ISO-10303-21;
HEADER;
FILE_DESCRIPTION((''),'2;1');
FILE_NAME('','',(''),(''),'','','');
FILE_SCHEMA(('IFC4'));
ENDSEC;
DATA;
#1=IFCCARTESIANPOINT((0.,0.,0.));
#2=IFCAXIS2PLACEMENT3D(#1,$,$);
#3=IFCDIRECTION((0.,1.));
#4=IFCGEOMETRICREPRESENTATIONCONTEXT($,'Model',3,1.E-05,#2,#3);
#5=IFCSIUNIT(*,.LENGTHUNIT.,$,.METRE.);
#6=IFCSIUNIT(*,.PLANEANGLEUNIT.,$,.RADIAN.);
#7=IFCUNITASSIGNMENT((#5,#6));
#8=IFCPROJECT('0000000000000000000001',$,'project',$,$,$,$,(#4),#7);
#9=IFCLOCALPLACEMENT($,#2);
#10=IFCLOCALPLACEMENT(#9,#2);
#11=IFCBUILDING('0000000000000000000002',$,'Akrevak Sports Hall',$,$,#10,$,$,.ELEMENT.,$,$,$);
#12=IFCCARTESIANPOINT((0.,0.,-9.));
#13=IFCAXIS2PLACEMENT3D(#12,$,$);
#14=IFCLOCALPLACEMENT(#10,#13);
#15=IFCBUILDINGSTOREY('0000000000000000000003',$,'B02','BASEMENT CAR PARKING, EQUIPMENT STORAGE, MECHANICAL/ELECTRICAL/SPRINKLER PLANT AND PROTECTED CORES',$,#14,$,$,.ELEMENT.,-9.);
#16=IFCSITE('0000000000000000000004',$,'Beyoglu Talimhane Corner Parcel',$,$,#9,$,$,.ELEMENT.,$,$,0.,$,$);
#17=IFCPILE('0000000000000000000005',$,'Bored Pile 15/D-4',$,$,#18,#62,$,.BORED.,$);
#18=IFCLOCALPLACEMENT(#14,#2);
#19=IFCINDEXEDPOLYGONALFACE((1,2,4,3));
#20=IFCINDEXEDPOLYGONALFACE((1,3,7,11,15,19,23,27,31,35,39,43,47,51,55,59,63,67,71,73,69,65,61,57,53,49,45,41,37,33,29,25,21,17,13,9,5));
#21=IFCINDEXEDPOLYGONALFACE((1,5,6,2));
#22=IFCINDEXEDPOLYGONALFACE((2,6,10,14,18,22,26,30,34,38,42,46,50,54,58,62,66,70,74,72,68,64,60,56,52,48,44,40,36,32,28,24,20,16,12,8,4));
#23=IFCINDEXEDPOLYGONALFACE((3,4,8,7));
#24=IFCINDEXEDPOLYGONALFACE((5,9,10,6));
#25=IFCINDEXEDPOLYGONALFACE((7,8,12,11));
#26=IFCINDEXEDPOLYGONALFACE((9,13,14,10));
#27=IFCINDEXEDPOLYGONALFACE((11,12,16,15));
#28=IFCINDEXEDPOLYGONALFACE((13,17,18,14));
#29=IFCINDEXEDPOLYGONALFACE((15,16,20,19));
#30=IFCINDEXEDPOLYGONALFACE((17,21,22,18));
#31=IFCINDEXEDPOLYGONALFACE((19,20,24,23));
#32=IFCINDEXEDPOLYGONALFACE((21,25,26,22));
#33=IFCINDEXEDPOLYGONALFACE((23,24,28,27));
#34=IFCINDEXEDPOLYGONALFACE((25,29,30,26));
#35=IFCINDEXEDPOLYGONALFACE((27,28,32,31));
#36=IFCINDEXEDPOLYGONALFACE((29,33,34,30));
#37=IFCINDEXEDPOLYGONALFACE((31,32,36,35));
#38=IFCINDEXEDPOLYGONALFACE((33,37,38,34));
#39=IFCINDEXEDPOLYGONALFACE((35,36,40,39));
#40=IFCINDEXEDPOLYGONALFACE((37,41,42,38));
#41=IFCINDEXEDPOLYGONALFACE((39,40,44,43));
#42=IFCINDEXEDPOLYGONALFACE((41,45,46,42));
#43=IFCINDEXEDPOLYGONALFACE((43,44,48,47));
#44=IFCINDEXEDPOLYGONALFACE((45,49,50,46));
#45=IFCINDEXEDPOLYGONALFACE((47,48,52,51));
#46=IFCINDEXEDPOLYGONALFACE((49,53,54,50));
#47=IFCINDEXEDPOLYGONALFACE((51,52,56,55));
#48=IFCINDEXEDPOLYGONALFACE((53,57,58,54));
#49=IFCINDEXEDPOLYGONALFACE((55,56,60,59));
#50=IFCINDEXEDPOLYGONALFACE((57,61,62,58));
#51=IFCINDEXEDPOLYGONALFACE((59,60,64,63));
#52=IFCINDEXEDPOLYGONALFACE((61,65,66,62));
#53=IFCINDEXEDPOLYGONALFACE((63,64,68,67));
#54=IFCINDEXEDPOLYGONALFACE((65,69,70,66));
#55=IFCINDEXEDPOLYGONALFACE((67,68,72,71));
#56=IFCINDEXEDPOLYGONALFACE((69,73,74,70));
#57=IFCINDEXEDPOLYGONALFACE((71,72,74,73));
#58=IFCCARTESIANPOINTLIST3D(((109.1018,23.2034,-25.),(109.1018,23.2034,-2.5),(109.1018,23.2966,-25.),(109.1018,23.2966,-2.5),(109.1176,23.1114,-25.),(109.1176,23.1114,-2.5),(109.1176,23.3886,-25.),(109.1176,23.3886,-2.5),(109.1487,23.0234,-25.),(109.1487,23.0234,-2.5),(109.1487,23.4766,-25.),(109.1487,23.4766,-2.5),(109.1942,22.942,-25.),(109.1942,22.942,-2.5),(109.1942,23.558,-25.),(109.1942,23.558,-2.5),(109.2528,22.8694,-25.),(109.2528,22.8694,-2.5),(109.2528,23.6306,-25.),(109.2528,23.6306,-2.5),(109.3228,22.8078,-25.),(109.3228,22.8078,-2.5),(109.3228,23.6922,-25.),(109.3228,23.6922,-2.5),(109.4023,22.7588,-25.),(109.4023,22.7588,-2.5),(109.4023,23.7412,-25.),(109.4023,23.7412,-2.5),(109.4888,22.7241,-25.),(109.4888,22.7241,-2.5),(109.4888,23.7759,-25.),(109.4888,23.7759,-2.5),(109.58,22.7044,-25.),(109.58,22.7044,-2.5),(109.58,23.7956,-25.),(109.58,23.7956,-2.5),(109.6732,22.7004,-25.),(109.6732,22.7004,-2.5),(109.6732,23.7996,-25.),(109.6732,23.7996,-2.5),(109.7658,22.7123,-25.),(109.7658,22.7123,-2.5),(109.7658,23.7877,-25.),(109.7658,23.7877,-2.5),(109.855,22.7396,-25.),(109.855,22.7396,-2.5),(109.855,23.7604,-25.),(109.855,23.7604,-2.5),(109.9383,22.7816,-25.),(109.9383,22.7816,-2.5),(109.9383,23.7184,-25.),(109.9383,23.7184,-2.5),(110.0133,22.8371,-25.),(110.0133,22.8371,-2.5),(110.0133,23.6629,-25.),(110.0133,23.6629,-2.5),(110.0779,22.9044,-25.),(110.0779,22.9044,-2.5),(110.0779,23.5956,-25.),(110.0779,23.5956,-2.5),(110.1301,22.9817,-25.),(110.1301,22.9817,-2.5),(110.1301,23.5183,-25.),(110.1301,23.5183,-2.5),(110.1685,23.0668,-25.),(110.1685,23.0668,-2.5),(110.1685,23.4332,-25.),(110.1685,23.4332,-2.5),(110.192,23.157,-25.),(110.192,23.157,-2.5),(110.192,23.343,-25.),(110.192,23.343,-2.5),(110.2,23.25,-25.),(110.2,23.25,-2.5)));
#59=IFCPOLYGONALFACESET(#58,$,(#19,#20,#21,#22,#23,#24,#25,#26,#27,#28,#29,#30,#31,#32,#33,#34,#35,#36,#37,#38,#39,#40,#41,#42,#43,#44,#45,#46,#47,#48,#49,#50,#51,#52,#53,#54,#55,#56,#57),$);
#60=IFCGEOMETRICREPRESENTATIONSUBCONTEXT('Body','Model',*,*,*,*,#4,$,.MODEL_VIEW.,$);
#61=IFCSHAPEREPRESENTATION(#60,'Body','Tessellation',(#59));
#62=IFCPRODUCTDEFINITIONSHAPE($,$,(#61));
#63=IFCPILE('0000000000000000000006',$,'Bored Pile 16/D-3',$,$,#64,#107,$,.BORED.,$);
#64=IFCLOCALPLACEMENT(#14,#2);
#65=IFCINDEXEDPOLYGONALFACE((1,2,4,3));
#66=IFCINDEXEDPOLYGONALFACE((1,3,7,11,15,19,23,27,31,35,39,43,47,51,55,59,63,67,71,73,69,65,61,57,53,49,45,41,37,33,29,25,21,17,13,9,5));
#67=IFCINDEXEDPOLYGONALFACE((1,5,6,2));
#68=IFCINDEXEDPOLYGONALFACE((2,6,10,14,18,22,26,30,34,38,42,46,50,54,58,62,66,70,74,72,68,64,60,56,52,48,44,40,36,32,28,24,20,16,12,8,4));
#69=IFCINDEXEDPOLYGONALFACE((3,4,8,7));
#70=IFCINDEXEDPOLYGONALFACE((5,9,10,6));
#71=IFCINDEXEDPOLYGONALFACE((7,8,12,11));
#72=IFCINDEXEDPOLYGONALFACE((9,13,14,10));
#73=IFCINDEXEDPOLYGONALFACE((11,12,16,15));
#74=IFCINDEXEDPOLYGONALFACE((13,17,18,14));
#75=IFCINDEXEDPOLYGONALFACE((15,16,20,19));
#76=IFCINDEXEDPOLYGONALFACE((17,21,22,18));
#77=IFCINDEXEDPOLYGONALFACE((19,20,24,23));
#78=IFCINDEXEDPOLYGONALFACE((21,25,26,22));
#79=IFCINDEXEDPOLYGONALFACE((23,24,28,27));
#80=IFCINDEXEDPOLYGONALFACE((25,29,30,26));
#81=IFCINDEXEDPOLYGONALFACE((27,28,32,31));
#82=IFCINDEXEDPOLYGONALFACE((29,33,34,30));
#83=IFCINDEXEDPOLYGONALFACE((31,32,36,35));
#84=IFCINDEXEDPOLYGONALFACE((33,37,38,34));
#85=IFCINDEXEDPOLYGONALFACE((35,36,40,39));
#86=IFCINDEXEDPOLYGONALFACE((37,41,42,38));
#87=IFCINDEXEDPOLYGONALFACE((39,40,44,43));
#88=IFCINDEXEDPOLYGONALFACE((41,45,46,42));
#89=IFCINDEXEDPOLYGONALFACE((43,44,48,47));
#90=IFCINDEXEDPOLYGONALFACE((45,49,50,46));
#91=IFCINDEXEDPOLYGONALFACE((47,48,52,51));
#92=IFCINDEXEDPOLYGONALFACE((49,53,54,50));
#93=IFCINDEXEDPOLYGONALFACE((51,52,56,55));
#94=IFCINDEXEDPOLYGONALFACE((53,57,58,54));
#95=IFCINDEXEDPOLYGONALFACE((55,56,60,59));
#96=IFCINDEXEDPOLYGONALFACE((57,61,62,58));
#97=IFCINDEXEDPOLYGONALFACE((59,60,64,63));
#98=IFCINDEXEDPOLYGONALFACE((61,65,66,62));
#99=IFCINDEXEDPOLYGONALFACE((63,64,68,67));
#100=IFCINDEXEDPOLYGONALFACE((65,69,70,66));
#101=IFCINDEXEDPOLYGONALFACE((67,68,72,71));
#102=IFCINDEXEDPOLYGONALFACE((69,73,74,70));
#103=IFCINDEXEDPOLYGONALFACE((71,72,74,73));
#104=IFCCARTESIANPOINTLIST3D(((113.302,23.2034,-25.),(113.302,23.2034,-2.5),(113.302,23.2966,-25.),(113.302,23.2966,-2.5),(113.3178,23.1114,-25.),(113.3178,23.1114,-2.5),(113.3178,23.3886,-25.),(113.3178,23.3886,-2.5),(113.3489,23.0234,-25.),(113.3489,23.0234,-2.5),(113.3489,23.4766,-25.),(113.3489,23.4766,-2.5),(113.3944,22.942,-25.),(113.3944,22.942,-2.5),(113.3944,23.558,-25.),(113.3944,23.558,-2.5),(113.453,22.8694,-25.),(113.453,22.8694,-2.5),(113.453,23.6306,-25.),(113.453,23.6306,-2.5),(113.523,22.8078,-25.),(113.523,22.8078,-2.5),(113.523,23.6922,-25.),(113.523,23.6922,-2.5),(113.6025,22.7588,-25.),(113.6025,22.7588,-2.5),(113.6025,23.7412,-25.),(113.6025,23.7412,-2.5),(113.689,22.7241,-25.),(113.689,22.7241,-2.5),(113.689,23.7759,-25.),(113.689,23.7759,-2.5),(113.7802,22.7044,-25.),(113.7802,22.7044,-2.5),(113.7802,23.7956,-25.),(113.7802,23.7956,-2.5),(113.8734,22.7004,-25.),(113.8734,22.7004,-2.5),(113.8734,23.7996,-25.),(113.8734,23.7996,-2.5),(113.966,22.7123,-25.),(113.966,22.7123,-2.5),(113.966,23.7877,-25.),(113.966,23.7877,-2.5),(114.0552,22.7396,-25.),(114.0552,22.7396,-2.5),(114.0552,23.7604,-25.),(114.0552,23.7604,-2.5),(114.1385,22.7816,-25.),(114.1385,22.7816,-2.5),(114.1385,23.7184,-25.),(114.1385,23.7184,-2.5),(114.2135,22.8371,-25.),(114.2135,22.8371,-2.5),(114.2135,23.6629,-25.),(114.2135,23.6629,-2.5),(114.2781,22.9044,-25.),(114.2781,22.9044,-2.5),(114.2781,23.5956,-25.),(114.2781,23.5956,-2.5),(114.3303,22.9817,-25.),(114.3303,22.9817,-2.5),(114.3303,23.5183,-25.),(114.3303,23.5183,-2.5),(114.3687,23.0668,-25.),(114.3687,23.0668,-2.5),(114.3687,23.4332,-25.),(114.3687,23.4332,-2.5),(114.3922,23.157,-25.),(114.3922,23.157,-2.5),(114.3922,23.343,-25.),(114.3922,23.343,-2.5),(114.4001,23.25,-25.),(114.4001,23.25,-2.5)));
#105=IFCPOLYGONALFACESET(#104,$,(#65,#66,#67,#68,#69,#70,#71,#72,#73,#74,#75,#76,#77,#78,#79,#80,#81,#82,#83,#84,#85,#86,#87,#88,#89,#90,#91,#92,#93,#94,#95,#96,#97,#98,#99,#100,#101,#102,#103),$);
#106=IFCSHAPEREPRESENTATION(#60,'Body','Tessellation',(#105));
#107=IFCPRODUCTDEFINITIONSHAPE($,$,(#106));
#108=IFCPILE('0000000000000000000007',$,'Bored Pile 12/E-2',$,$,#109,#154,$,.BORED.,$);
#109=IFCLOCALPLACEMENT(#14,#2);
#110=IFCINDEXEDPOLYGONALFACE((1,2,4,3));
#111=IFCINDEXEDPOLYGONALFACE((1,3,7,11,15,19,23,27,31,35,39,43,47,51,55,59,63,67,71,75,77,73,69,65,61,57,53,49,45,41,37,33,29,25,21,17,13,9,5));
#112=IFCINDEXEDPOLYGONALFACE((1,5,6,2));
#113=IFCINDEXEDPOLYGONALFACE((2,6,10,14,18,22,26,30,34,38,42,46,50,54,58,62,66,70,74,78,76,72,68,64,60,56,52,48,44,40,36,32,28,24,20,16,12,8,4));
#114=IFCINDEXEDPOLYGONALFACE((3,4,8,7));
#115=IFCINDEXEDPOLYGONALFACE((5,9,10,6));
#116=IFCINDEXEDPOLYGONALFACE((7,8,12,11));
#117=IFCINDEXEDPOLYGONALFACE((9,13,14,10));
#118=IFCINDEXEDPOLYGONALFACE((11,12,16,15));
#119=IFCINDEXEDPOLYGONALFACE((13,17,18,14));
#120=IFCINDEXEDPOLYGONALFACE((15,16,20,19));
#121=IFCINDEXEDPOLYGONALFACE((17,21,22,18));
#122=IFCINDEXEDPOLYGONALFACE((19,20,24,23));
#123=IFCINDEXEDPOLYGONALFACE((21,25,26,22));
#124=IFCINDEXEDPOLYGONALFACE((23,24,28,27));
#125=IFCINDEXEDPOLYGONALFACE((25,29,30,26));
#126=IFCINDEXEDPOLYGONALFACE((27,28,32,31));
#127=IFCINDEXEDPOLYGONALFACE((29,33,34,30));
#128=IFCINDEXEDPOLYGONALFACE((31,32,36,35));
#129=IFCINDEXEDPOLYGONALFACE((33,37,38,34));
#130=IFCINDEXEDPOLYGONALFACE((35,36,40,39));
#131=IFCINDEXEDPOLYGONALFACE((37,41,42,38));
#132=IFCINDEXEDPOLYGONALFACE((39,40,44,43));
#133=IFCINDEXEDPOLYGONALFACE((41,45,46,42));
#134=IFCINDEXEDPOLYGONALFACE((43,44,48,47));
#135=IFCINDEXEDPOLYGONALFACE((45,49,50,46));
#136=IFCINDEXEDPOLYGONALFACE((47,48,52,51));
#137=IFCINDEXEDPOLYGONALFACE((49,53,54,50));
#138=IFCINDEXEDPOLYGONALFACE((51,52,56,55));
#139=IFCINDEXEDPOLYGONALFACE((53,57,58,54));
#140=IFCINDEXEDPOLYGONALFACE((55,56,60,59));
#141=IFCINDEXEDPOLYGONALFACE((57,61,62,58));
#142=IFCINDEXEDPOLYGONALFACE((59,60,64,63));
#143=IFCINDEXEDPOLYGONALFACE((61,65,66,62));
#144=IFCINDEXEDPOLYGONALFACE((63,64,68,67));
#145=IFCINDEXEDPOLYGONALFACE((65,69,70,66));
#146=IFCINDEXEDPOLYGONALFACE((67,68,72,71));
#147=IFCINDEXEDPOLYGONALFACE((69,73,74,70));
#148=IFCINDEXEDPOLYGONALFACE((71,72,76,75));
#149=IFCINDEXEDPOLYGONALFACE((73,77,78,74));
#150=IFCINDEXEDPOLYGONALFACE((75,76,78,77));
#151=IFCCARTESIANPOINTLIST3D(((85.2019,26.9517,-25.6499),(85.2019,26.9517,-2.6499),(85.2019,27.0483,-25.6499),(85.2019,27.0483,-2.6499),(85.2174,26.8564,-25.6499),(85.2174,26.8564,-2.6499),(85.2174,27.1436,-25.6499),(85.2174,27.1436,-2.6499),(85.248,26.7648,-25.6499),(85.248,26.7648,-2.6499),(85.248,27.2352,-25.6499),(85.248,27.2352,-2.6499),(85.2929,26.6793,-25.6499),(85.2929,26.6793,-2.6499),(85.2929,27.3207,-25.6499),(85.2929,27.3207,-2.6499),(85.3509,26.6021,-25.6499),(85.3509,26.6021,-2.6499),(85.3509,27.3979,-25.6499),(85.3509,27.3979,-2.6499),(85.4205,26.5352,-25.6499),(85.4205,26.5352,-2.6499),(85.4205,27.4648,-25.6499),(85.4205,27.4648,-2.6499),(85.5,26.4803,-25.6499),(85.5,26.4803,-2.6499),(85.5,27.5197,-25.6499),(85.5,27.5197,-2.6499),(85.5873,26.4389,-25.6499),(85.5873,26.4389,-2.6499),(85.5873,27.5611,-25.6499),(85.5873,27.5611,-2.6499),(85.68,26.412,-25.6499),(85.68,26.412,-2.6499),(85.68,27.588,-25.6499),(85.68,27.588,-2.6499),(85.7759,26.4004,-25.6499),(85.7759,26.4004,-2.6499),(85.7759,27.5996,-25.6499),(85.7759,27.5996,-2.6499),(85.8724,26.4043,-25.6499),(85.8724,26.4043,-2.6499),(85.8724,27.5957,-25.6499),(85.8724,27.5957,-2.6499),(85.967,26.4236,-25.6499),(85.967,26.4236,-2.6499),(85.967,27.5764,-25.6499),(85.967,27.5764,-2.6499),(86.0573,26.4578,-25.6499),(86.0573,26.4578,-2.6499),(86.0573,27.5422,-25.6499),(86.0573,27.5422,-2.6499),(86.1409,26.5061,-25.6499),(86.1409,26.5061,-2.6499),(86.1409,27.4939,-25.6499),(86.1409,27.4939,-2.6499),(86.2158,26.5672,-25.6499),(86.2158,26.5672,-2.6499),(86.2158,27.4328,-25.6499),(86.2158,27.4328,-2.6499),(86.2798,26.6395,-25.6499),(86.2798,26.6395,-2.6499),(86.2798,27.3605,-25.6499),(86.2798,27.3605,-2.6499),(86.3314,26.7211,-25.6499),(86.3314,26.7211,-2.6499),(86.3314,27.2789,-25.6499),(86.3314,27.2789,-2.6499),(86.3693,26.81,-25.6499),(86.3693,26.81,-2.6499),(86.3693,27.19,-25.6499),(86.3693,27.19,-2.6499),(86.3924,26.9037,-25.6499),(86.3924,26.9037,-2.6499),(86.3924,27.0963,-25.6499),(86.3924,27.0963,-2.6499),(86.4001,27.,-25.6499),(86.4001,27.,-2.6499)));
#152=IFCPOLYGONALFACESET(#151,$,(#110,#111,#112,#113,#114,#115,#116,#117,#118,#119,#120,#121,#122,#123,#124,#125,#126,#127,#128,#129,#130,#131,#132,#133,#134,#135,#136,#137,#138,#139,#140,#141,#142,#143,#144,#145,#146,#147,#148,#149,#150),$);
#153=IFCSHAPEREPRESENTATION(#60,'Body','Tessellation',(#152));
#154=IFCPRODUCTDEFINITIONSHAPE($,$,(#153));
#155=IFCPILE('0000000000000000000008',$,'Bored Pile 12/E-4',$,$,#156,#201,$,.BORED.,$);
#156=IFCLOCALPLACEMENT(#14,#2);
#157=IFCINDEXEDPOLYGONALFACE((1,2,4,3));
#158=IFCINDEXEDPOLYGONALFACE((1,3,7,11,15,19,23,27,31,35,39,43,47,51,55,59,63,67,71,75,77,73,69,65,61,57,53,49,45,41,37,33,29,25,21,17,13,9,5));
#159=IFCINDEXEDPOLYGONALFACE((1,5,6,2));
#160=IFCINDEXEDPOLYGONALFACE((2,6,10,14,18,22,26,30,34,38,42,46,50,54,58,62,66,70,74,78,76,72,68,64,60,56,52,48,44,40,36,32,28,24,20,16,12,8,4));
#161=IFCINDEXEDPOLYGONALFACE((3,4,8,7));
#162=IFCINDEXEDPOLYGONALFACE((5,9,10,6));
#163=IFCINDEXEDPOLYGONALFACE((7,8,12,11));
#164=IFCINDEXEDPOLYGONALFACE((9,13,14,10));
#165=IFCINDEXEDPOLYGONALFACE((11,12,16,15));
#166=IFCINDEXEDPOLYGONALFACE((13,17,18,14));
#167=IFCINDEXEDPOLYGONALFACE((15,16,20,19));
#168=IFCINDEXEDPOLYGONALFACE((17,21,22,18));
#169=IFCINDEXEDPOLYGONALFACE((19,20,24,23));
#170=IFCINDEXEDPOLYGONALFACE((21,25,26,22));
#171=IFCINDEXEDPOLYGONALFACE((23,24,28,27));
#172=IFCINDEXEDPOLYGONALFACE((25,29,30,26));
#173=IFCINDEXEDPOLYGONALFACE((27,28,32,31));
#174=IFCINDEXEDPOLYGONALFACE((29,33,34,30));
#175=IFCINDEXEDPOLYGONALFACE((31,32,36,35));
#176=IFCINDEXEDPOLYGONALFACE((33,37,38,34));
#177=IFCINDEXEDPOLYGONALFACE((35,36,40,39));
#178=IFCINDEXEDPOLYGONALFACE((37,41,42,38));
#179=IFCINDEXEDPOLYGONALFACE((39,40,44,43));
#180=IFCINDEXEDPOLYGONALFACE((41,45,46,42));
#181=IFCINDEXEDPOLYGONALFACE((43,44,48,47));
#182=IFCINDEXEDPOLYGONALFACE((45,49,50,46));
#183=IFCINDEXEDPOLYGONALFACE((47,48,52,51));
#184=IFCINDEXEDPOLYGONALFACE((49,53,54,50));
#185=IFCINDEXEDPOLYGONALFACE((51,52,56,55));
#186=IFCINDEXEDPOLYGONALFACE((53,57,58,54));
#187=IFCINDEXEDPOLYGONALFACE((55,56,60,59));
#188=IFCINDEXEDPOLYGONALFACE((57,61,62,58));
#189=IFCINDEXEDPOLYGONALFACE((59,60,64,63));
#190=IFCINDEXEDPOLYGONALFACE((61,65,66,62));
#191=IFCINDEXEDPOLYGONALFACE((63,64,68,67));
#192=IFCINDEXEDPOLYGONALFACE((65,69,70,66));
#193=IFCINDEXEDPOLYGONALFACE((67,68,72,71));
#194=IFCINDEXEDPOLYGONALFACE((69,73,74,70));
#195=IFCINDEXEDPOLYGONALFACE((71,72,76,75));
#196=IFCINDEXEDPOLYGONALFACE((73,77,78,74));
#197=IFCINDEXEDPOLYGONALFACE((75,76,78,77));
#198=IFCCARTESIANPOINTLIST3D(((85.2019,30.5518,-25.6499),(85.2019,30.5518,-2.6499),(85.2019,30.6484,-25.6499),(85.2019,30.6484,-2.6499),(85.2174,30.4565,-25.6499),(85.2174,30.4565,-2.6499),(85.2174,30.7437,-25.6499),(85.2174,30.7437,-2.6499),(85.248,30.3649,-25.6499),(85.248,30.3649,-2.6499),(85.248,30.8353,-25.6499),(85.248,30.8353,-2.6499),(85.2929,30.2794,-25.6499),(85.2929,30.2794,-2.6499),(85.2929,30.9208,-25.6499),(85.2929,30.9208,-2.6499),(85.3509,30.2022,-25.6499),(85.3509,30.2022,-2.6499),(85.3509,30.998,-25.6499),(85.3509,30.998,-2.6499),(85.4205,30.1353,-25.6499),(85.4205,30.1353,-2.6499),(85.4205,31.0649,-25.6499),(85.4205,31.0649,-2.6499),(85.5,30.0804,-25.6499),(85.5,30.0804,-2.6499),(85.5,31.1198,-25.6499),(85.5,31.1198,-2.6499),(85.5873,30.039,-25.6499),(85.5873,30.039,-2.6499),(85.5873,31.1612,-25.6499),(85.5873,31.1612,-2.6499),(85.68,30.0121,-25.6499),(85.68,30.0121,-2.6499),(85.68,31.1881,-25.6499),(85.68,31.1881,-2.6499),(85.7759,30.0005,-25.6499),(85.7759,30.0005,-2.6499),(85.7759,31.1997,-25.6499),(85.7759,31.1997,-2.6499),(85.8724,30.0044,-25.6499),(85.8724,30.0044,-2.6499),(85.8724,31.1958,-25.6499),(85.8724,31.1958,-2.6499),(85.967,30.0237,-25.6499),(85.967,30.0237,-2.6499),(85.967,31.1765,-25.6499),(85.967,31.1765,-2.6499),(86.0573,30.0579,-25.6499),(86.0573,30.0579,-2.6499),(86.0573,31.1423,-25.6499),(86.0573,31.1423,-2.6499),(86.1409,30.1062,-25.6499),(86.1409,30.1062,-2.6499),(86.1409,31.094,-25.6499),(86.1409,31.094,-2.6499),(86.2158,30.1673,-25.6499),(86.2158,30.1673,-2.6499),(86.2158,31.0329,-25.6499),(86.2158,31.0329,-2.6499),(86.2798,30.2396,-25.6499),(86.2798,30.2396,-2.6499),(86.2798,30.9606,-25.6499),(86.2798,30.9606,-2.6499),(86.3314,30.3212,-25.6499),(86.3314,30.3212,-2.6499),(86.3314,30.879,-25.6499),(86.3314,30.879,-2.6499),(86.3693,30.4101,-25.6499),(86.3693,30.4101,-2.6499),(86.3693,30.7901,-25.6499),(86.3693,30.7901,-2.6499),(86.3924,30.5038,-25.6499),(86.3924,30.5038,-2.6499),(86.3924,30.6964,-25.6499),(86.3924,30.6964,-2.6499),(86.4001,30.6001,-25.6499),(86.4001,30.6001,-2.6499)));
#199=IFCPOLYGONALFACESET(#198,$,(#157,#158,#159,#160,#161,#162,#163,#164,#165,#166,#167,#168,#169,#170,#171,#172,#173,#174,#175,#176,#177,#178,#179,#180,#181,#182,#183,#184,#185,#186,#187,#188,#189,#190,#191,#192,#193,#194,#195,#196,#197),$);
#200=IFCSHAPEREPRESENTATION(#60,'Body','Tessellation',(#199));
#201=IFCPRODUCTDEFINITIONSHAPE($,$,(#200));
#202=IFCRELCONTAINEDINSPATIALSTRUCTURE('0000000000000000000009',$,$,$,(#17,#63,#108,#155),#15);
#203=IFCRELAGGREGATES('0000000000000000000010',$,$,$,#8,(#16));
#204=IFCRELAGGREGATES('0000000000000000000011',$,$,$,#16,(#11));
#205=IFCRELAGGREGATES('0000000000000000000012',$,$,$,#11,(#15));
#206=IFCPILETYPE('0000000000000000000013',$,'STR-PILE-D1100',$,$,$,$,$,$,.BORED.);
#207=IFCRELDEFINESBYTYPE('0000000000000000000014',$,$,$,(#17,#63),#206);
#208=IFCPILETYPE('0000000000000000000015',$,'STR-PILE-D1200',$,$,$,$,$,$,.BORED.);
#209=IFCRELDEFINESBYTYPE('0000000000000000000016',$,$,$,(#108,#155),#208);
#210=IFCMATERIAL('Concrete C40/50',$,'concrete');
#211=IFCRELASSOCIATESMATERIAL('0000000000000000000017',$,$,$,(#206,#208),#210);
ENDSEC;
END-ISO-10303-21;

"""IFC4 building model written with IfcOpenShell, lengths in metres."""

from ifc_helpers import new_model, si_unit, direction, frame, origin, origin_2d, place, context, subcontext, project, spatial, circle, extrude, material, material_profile, profile_set, type_object, element, save


model = new_model("IFC4")

# Units and contexts
model_context = context("Model", 3, precision=1e-05, world=origin(), true_north=direction((0.0, 1.0)))
body_context = subcontext(model_context, "Body", "Model", "MODEL_VIEW")
ifc_project = project(units=[si_unit("LENGTHUNIT", "METRE"), si_unit("PLANEANGLEUNIT", "RADIAN")], contexts=[model_context])

# Site, building, storey
site_placement = place(None, origin())
site = spatial("IfcSite", under=ifc_project, at=site_placement, Name="Beyoglu Talimhane Corner Parcel", CompositionType="ELEMENT", RefElevation=0.0)
building_placement = place(site_placement, origin())
building = spatial("IfcBuilding", under=site, at=building_placement, Name="Akrevak Sports Hall", CompositionType="ELEMENT")
storey_placement = place(building_placement, frame((0.0, 0.0, -9.0)))
storey = spatial("IfcBuildingStorey", under=building, at=storey_placement, Name="B02", Description="BASEMENT CAR PARKING, EQUIPMENT STORAGE, MECHANICAL/ELECTRICAL/SPRINKLER PLANT AND PROTECTED CORES", CompositionType="ELEMENT", Elevation=-9.0)

# Shared definitions
ifc_material_1 = material(Name="Concrete C40/50", Category="concrete")

# Piles
ifc_material_profile_1 = material_profile(ifc_material_1, circle(Radius=0.55, at=origin_2d()), Name="BORED PILE D1100", Category="concrete")
ifc_profile_set_1 = profile_set([ifc_material_profile_1], Name="Concrete C40/50")
pile_type_1 = type_object("IfcPileType", Name="STR-PILE-D1100", PredefinedType="BORED", material=ifc_profile_set_1)
for number, where, z_axis, x_axis, name in (
    (1, (109.6499, 23.25, -2.5), (0.0, 0.0, -1.0), (1.0, 0.0, 0.0), "Bored Pile 15/D-4"),
    (2, (113.8501, 23.25, -2.5), (0.0, 0.0, -1.0), (1.0, 0.0, 0.0), "Bored Pile 16/D-3"),
):
    element("IfcPile", number, at=place(storey_placement, frame(where, z_axis=z_axis, x_axis=x_axis)), inside=storey, type_object=pile_type_1, Name=name, PredefinedType="BORED", context=body_context, shape_type="SweptSolid", body=[
        extrude(circle(Radius=0.55, at=origin_2d()), origin(), (0.0, 0.0, 1.0), 22.5),
    ])
ifc_material_profile_2 = material_profile(ifc_material_1, circle(Radius=0.6001, at=origin_2d()), Name="BORED PILE D1200", Category="concrete")
ifc_profile_set_2 = profile_set([ifc_material_profile_2], Name="Concrete C40/50")
pile_type_2 = type_object("IfcPileType", Name="STR-PILE-D1200", PredefinedType="BORED", material=ifc_profile_set_2)
for number, where, z_axis, x_axis, name in (
    (3, (85.8, 27.0, -2.6499), (0.0, 0.0, -1.0), (1.0, 0.0, 0.0), "Bored Pile 12/E-2"),
    (4, (85.8, 30.6001, -2.6499), (0.0, 0.0, -1.0), (1.0, 0.0, 0.0), "Bored Pile 12/E-4"),
):
    element("IfcPile", number, at=place(storey_placement, frame(where, z_axis=z_axis, x_axis=x_axis)), inside=storey, type_object=pile_type_2, Name=name, PredefinedType="BORED", context=body_context, shape_type="SweptSolid", body=[
        extrude(circle(Radius=0.6001, at=origin_2d()), origin(), (0.0, 0.0, 1.0), 23.0),
    ])

save(model, "model.ifc")
